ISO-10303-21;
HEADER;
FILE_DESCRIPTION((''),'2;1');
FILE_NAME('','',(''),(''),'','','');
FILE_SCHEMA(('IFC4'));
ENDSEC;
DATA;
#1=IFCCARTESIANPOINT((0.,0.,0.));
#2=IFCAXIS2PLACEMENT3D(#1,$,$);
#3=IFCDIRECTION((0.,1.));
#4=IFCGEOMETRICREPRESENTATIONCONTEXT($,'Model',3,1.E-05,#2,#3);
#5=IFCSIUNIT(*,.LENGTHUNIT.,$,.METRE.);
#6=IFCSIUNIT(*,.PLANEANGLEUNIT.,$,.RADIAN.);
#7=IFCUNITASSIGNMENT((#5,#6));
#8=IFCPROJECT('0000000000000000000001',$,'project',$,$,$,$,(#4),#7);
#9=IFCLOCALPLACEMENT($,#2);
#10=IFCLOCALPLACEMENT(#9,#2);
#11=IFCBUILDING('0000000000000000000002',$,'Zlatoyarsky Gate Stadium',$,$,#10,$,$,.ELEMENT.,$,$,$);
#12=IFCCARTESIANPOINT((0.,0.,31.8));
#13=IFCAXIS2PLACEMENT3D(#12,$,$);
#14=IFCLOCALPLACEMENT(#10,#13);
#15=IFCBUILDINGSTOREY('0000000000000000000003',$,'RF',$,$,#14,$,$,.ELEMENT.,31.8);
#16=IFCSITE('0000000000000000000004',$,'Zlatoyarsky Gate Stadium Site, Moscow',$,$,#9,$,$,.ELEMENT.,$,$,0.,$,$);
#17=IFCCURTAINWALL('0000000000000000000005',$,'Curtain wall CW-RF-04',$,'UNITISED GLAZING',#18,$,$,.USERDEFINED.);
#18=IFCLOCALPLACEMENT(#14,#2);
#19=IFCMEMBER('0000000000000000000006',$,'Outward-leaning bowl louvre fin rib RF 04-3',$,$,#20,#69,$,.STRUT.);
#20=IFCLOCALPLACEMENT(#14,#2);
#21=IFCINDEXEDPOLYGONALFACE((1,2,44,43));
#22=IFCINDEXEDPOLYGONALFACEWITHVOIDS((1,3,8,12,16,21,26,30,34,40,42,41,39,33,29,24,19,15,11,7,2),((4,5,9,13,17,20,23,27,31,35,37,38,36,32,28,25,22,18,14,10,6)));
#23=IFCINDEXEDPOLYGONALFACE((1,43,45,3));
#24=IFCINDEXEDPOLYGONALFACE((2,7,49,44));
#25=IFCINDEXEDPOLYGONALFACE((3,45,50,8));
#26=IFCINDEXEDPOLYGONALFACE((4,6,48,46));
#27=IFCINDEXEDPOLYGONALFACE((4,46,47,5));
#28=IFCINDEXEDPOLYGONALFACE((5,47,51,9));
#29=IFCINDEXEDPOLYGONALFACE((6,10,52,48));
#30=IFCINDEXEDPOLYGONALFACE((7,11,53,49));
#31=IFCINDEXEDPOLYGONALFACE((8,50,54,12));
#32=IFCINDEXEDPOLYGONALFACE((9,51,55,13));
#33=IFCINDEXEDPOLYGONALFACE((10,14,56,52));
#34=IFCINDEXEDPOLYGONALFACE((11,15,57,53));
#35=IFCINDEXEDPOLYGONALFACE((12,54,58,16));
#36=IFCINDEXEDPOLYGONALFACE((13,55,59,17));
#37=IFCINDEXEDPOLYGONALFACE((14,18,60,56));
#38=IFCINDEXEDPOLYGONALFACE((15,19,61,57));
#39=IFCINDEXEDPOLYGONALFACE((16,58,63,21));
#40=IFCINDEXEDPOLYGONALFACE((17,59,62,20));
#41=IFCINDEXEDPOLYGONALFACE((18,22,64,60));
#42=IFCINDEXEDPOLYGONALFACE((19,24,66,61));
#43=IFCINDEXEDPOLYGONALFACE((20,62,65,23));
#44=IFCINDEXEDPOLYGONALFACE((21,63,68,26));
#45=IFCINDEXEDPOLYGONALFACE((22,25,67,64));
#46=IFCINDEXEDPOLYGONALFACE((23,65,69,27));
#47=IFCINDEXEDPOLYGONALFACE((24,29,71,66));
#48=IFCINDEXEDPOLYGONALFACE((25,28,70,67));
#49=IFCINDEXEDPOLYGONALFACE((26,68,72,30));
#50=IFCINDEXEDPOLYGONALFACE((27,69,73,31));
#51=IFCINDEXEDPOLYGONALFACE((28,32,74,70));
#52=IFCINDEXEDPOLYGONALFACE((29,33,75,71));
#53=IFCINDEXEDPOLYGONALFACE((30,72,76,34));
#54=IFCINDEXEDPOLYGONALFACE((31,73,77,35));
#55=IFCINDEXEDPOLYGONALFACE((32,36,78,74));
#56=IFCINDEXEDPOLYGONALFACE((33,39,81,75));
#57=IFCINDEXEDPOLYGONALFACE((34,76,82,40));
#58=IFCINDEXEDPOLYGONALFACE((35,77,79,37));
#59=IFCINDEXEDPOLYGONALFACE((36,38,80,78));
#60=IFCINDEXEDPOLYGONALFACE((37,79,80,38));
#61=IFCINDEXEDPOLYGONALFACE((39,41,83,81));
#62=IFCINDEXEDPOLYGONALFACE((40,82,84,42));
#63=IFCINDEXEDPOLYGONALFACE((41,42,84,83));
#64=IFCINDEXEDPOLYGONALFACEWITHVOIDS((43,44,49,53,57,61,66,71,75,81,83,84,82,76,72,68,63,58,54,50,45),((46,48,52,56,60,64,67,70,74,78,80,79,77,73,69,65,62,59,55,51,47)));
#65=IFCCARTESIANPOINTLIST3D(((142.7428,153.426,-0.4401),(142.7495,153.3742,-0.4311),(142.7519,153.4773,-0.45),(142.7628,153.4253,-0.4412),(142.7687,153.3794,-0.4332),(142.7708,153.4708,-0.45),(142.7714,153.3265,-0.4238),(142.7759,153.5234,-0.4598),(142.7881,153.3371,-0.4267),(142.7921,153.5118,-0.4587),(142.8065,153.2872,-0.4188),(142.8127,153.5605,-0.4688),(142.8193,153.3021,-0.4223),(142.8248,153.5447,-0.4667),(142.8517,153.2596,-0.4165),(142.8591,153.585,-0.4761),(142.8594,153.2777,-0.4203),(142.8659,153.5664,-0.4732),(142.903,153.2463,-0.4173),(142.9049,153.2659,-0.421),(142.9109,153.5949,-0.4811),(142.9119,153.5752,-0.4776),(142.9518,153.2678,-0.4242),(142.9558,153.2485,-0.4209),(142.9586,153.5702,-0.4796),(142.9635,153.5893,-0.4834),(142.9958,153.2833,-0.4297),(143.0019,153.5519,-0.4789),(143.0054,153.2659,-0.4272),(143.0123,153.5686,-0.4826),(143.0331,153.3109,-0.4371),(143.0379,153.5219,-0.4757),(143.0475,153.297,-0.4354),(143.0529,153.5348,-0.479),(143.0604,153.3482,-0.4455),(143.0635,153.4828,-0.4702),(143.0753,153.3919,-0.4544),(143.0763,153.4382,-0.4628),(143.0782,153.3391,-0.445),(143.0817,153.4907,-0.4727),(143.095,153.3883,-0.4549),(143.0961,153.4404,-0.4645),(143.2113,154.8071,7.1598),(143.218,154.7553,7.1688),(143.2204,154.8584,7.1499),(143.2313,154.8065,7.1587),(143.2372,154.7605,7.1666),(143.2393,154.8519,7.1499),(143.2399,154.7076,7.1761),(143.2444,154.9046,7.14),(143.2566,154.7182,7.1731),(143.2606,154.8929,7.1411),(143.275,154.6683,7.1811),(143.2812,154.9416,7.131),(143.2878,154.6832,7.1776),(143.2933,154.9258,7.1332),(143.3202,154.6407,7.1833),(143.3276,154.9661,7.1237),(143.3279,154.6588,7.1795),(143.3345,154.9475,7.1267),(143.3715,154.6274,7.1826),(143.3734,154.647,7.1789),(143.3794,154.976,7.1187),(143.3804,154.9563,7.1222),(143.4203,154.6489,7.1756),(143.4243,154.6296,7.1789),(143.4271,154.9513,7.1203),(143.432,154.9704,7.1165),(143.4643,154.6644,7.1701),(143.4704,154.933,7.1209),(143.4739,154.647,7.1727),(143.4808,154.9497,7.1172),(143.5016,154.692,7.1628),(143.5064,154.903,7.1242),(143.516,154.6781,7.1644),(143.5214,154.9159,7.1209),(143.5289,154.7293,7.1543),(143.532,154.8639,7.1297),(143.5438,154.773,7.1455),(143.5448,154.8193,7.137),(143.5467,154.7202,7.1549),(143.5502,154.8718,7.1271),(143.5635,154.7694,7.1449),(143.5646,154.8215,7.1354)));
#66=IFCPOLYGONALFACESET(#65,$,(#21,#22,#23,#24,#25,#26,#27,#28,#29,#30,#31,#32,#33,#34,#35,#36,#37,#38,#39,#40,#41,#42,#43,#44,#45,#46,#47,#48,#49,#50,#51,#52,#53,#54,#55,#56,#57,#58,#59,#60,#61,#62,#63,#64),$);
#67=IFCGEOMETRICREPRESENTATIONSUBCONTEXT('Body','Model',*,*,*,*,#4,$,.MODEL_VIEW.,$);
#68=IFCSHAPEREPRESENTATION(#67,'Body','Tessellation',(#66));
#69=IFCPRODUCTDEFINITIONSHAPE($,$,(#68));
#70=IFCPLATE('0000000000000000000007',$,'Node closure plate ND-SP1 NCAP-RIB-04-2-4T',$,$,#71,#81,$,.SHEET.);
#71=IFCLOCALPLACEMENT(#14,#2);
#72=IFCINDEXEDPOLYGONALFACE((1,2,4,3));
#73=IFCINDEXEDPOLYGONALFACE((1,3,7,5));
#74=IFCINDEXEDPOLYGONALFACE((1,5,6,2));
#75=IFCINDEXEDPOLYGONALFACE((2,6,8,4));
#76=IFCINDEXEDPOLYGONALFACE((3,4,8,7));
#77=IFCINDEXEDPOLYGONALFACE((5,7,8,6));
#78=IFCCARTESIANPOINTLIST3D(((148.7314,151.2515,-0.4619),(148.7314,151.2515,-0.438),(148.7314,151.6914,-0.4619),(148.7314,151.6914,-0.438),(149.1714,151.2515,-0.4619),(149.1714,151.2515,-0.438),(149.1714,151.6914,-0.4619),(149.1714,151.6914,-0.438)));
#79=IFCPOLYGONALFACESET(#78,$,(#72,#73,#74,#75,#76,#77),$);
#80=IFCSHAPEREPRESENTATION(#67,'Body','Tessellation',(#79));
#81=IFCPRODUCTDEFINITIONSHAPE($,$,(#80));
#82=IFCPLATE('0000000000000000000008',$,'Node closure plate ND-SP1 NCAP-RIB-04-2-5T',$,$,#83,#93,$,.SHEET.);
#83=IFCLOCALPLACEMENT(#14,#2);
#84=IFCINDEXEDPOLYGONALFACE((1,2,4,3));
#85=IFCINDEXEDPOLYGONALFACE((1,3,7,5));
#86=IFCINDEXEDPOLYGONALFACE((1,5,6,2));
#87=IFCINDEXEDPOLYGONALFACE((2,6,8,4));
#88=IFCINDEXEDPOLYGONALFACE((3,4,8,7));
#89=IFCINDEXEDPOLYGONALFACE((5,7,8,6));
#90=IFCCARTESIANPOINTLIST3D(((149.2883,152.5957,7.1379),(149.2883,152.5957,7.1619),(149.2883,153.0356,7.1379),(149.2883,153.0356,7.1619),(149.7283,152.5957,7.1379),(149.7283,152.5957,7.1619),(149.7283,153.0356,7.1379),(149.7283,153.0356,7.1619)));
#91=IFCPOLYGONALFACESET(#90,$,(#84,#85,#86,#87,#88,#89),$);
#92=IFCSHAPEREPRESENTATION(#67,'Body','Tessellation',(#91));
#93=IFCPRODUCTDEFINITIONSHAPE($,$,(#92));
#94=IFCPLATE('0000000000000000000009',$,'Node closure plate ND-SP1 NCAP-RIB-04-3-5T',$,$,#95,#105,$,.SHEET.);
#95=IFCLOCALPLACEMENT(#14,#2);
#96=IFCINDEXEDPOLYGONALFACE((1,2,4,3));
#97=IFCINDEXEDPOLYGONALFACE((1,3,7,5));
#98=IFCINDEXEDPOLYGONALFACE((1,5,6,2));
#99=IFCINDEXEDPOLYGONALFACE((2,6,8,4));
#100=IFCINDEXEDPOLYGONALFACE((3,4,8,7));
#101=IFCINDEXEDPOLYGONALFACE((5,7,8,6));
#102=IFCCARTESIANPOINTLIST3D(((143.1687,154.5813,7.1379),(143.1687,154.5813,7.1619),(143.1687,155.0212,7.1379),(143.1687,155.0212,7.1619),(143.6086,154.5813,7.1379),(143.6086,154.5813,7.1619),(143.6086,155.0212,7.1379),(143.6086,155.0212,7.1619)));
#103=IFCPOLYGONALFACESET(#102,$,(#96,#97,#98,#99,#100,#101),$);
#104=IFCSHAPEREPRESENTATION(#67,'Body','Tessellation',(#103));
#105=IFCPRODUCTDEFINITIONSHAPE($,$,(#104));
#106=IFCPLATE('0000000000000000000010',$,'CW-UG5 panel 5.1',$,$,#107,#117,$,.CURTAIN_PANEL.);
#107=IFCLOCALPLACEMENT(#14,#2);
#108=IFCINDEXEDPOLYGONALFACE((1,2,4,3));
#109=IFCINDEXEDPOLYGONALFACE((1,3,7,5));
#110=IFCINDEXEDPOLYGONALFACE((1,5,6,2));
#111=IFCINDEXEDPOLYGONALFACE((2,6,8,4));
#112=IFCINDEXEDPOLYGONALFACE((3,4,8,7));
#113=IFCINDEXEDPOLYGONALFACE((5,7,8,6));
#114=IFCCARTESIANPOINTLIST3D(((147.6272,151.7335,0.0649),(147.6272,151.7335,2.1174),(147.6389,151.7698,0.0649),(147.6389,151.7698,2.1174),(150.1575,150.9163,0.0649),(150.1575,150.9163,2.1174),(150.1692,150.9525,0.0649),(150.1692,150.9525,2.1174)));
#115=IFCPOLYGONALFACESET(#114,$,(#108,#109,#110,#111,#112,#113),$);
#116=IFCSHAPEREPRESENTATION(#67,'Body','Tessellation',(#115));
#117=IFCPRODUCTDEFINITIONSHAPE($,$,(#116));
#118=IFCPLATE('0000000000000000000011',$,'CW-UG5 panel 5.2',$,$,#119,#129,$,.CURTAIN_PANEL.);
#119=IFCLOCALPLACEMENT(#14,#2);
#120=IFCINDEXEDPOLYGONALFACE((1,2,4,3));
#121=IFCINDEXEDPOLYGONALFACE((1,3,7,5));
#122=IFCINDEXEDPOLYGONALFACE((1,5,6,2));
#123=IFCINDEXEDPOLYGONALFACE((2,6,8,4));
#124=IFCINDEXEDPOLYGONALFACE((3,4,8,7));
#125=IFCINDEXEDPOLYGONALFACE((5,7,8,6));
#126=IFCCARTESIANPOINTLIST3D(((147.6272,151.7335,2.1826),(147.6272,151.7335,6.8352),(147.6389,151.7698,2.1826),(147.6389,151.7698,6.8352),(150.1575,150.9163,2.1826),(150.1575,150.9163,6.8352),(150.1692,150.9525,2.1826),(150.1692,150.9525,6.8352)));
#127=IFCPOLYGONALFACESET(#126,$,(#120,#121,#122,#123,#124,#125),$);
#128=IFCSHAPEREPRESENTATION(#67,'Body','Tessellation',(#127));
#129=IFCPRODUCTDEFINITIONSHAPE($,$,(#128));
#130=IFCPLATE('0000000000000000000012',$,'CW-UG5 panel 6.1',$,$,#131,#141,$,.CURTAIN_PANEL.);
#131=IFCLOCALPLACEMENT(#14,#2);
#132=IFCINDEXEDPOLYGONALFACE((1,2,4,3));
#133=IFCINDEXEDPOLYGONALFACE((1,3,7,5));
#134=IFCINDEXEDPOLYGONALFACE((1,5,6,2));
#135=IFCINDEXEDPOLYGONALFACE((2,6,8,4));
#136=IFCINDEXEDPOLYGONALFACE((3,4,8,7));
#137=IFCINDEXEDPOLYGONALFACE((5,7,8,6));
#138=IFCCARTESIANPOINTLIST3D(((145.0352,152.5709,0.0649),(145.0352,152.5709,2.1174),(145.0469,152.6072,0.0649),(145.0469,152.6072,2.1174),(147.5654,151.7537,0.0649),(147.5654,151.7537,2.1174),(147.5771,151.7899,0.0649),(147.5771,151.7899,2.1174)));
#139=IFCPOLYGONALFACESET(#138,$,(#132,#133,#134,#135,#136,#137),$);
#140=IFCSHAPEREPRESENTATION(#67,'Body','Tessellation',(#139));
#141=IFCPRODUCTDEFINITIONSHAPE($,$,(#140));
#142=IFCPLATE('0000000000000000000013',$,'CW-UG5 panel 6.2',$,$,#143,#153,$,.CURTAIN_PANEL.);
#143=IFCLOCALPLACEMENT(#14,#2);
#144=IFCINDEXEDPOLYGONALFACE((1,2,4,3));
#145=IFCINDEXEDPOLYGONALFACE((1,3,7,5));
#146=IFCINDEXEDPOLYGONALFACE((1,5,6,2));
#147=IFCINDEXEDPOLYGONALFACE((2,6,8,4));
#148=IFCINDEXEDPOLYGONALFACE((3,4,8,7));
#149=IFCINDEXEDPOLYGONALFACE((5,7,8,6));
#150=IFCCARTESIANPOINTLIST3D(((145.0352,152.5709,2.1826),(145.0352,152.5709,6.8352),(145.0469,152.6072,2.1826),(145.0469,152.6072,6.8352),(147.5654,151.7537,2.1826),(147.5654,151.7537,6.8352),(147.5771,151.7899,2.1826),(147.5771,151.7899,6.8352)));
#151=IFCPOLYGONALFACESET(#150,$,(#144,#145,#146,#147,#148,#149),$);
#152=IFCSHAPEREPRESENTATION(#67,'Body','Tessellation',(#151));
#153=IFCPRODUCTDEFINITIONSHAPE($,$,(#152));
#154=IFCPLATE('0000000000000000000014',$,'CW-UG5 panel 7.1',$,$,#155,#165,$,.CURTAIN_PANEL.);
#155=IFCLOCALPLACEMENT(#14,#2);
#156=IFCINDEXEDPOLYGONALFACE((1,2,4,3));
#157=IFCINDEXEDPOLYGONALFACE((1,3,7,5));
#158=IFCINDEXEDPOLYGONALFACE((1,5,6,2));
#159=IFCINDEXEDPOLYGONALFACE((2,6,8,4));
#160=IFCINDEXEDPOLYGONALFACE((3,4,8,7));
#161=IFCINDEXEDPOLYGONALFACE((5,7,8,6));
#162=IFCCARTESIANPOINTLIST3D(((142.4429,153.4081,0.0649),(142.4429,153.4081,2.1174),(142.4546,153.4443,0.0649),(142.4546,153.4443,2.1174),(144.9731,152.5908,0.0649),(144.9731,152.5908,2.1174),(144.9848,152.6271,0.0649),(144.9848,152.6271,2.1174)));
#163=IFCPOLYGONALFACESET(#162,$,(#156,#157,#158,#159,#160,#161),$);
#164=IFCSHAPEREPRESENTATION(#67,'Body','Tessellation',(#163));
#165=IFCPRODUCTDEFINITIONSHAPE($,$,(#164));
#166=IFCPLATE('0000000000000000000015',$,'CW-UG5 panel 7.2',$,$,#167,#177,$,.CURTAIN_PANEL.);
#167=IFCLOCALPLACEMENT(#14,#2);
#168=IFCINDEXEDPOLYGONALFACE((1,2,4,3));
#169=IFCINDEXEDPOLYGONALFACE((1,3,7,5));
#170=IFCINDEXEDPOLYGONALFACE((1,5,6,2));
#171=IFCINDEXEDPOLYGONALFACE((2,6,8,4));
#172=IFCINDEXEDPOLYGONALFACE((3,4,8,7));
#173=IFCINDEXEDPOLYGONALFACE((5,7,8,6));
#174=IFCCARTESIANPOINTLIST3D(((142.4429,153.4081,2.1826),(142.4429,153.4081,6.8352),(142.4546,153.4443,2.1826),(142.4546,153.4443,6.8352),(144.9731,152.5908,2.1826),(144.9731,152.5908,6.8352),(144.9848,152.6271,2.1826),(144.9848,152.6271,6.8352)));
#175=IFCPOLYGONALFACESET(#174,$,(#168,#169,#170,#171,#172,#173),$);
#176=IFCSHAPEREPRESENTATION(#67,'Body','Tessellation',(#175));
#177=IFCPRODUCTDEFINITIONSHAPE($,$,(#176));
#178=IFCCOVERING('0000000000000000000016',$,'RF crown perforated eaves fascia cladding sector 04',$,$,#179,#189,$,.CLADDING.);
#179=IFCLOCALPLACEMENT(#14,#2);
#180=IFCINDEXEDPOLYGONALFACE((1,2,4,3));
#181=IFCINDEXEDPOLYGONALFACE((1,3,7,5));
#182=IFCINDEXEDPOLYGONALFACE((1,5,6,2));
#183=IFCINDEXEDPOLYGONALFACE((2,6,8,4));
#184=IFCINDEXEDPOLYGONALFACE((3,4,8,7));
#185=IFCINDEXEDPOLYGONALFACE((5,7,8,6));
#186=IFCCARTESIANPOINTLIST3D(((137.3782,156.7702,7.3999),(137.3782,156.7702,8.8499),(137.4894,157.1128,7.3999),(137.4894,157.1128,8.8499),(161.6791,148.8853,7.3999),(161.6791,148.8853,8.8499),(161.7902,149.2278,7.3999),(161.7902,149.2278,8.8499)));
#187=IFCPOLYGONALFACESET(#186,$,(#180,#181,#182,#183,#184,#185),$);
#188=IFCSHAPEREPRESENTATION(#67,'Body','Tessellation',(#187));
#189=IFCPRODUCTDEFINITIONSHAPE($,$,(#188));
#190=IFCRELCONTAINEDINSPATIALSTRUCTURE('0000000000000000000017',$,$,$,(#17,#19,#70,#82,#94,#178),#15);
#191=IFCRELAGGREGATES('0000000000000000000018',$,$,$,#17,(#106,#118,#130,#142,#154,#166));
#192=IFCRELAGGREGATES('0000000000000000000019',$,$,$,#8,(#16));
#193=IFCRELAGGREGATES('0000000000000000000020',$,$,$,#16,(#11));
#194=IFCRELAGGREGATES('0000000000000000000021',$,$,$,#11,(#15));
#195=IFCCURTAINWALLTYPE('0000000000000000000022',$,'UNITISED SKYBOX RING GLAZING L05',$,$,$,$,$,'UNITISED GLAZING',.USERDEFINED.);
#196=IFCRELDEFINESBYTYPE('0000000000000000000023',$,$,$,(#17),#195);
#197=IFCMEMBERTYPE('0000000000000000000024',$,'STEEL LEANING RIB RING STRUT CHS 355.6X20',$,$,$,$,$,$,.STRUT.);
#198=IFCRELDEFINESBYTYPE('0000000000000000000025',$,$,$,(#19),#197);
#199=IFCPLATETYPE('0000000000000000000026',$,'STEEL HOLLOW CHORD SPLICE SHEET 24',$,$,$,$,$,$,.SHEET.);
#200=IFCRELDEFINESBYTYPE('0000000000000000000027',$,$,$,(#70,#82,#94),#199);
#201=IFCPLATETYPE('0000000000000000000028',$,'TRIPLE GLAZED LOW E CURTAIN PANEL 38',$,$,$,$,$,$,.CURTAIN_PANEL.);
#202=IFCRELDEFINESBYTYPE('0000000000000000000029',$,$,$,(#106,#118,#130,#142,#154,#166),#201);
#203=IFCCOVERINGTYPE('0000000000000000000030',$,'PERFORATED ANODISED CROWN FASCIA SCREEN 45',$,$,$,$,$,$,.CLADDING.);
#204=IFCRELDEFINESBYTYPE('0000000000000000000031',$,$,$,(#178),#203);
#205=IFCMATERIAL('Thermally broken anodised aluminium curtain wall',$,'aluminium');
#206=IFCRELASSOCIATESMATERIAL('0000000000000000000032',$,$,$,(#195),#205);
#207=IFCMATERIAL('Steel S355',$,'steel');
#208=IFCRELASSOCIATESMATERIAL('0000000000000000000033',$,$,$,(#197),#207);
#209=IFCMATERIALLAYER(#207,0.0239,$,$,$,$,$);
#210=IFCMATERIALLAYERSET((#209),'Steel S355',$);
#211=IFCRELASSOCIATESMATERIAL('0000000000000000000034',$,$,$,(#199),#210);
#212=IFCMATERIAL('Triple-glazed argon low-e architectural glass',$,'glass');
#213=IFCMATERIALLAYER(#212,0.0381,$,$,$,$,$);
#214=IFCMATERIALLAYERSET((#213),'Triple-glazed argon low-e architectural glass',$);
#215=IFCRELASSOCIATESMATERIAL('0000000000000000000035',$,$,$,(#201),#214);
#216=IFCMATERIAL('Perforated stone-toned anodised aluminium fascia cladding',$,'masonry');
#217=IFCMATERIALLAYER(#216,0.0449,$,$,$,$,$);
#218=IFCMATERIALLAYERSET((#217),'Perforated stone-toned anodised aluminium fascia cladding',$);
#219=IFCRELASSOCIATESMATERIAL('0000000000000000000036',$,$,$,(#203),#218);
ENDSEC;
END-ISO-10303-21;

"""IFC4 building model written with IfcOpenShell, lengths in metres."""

from ifc_helpers import new_model, si_unit, direction, frame, origin, origin_2d, place, context, subcontext, project, spatial, rectangle, hollow_circle, extrude, material, layer, layer_set, material_profile, profile_set, type_object, element, aggregate, save


model = new_model("IFC4")

# Units and contexts
model_context = context("Model", 3, precision=1e-05, world=origin(), true_north=direction((0.0, 1.0)))
body_context = subcontext(model_context, "Body", "Model", "MODEL_VIEW")
ifc_project = project(units=[si_unit("LENGTHUNIT", "METRE"), si_unit("PLANEANGLEUNIT", "RADIAN")], contexts=[model_context])

# Site, building, storey
site_placement = place(None, origin())
site = spatial("IfcSite", under=ifc_project, at=site_placement, Name="Zlatoyarsky Gate Stadium Site, Moscow", CompositionType="ELEMENT", RefElevation=0.0)
building_placement = place(site_placement, origin())
building = spatial("IfcBuilding", under=site, at=building_placement, Name="Zlatoyarsky Gate Stadium", CompositionType="ELEMENT")
storey_placement = place(building_placement, frame((0.0, 0.0, 31.8)))
storey = spatial("IfcBuildingStorey", under=building, at=storey_placement, Name="RF", CompositionType="ELEMENT", Elevation=31.8)

# Curtain wall
ifc_material_1 = material(Name="Thermally broken anodised aluminium curtain wall", Category="aluminium")
curtain_wall_type = type_object("IfcCurtainWallType", Name="UNITISED SKYBOX RING GLAZING L05", ElementType="UNITISED GLAZING", PredefinedType="USERDEFINED", material=ifc_material_1)
curtain_wall_placement = place(storey_placement, origin())
curtain_wall = element("IfcCurtainWall", 1, at=curtain_wall_placement, inside=storey, type_object=curtain_wall_type, Name="Curtain wall CW-RF-04", ObjectType="UNITISED GLAZING", PredefinedType="USERDEFINED")

# Member
ifc_material_2 = material(Name="Steel S355", Category="steel")
ifc_material_profile_1 = material_profile(ifc_material_2, hollow_circle(Radius=0.1777, WallThickness=0.02, at=origin_2d()), Name="CHS 355.6X20")
ifc_profile_set_1 = profile_set([ifc_material_profile_1], Name="Steel S355")
member_type_1 = type_object("IfcMemberType", Name="STEEL LEANING RIB RING STRUT CHS 355.6X20", PredefinedType="STRUT", material=ifc_profile_set_1)
member_1_placement = place(storey_placement, frame((142.9202, 153.4202, -0.45), z_axis=(0.060542, 0.178471, 0.982081), x_axis=(-0.946996, 0.321245, 0.0)))
element("IfcMember", 2, at=member_1_placement, inside=storey, type_object=member_type_1, Name="Outward-leaning bowl louvre fin rib RF 04-3", PredefinedType="STRUT", context=body_context, shape_type="SweptSolid", body=[
    extrude(hollow_circle(Radius=0.1777, WallThickness=0.02, at=origin_2d()), origin(), (0.0, 0.0, 1.0), 7.7385),
])

# Plates
ifc_layer_1 = layer(ifc_material_2, 0.0239)
ifc_layer_set_1 = layer_set([ifc_layer_1], Name="Steel S355")
plate_type_1 = type_object("IfcPlateType", Name="STEEL HOLLOW CHORD SPLICE SHEET 24", PredefinedType="SHEET", material=ifc_layer_set_1)
for number, where, z_axis, x_axis, name in (
    (3, (148.9514, 151.4714, -0.4619), (0.0, 0.0, 1.0), (1.0, 0.0, 0.0), "Node closure plate ND-SP1 NCAP-RIB-04-2-4T"),
    (4, (149.5083, 152.8157, 7.1379), (0.0, 0.0, 1.0), (1.0, 0.0, 0.0), "Node closure plate ND-SP1 NCAP-RIB-04-2-5T"),
    (5, (143.3887, 154.8013, 7.1379), (0.0, 0.0, 1.0), (1.0, 0.0, 0.0), "Node closure plate ND-SP1 NCAP-RIB-04-3-5T"),
):
    element("IfcPlate", number, at=place(storey_placement, frame(where, z_axis=z_axis, x_axis=x_axis)), inside=storey, type_object=plate_type_1, Name=name, PredefinedType="SHEET", context=body_context, shape_type="SweptSolid", body=[
        extrude(rectangle(XDim=0.4399, YDim=0.4399, at=origin_2d()), origin(), (0.0, 0.0, 1.0), 0.0239),
    ])

# Plates
ifc_material_3 = material(Name="Triple-glazed argon low-e architectural glass", Category="glass")
ifc_layer_2 = layer(ifc_material_3, 0.0381)
ifc_layer_set_2 = layer_set([ifc_layer_2], Name="Triple-glazed argon low-e architectural glass")
plate_type_2 = type_object("IfcPlateType", Name="TRIPLE GLAZED LOW E CURTAIN PANEL 38", PredefinedType="CURTAIN_PANEL", material=ifc_layer_set_2)
plate_1_placement = place(storey_placement, frame((148.8982, 151.343, 0.0649), z_axis=(0.0, 0.0, 1.0), x_axis=(-0.951596, 0.307352, 0.0)))
plate_1 = element("IfcPlate", 6, at=plate_1_placement, type_object=plate_type_2, Name="CW-UG5 panel 5.1", PredefinedType="CURTAIN_PANEL", context=body_context, shape_type="SweptSolid", body=[
    extrude(rectangle(XDim=2.6589, YDim=0.0381, at=origin_2d()), origin(), (0.0, 0.0, 1.0), 2.0525),
])
plate_2_placement = place(storey_placement, frame((148.8982, 151.343, 2.1826), z_axis=(0.0, 0.0, 1.0), x_axis=(-0.951596, 0.307352, 0.0)))
plate_2 = element("IfcPlate", 7, at=plate_2_placement, type_object=plate_type_2, Name="CW-UG5 panel 5.2", PredefinedType="CURTAIN_PANEL", context=body_context, shape_type="SweptSolid", body=[
    extrude(rectangle(XDim=2.6589, YDim=0.0381, at=origin_2d()), origin(), (0.0, 0.0, 1.0), 4.6526),
])
plate_3_placement = place(storey_placement, frame((146.3062, 152.1804, 0.0649), z_axis=(0.0, 0.0, 1.0), x_axis=(-0.951596, 0.307352, 0.0)))
plate_3 = element("IfcPlate", 8, at=plate_3_placement, type_object=plate_type_2, Name="CW-UG5 panel 6.1", PredefinedType="CURTAIN_PANEL", context=body_context, shape_type="SweptSolid", body=[
    extrude(rectangle(XDim=2.6589, YDim=0.0381, at=origin_2d()), origin(), (0.0, 0.0, 1.0), 2.0525),
])
plate_4_placement = place(storey_placement, frame((146.3062, 152.1804, 2.1826), z_axis=(0.0, 0.0, 1.0), x_axis=(-0.951596, 0.307352, 0.0)))
plate_4 = element("IfcPlate", 9, at=plate_4_placement, type_object=plate_type_2, Name="CW-UG5 panel 6.2", PredefinedType="CURTAIN_PANEL", context=body_context, shape_type="SweptSolid", body=[
    extrude(rectangle(XDim=2.6589, YDim=0.0381, at=origin_2d()), origin(), (0.0, 0.0, 1.0), 4.6526),
])
plate_5_placement = place(storey_placement, frame((143.7139, 153.0176, 0.0649), z_axis=(0.0, 0.0, 1.0), x_axis=(-0.951596, 0.307352, 0.0)))
plate_5 = element("IfcPlate", 10, at=plate_5_placement, type_object=plate_type_2, Name="CW-UG5 panel 7.1", PredefinedType="CURTAIN_PANEL", context=body_context, shape_type="SweptSolid", body=[
    extrude(rectangle(XDim=2.6589, YDim=0.0381, at=origin_2d()), origin(), (0.0, 0.0, 1.0), 2.0525),
])
plate_6_placement = place(storey_placement, frame((143.7139, 153.0176, 2.1826), z_axis=(0.0, 0.0, 1.0), x_axis=(-0.951596, 0.307352, 0.0)))
plate_6 = element("IfcPlate", 11, at=plate_6_placement, type_object=plate_type_2, Name="CW-UG5 panel 7.2", PredefinedType="CURTAIN_PANEL", context=body_context, shape_type="SweptSolid", body=[
    extrude(rectangle(XDim=2.6589, YDim=0.0381, at=origin_2d()), origin(), (0.0, 0.0, 1.0), 4.6526),
])
aggregate(curtain_wall, [plate_1, plate_2, plate_3, plate_4, plate_5, plate_6])

# Covering
ifc_material_4 = material(Name="Perforated stone-toned anodised aluminium fascia cladding", Category="masonry")
ifc_layer_3 = layer(ifc_material_4, 0.0449)
ifc_layer_set_3 = layer_set([ifc_layer_3], Name="Perforated stone-toned anodised aluminium fascia cladding")
covering_type = type_object("IfcCoveringType", Name="PERFORATED ANODISED CROWN FASCIA SCREEN 45", PredefinedType="CLADDING", material=ifc_layer_set_3)
covering_placement = place(storey_placement, frame((149.5842, 152.999, 7.3999), z_axis=(0.0, 0.0, 1.0), x_axis=(-0.951181, 0.308633, 0.0)))
element("IfcCovering", 12, at=covering_placement, inside=storey, type_object=covering_type, Name="RF crown perforated eaves fascia cladding sector 04", PredefinedType="CLADDING", context=body_context, shape_type="SweptSolid", body=[
    extrude(rectangle(XDim=25.5481, YDim=0.3601, at=origin_2d()), origin(), (0.0, 0.0, 1.0), 1.45),
])

save(model, "model.ifc")
